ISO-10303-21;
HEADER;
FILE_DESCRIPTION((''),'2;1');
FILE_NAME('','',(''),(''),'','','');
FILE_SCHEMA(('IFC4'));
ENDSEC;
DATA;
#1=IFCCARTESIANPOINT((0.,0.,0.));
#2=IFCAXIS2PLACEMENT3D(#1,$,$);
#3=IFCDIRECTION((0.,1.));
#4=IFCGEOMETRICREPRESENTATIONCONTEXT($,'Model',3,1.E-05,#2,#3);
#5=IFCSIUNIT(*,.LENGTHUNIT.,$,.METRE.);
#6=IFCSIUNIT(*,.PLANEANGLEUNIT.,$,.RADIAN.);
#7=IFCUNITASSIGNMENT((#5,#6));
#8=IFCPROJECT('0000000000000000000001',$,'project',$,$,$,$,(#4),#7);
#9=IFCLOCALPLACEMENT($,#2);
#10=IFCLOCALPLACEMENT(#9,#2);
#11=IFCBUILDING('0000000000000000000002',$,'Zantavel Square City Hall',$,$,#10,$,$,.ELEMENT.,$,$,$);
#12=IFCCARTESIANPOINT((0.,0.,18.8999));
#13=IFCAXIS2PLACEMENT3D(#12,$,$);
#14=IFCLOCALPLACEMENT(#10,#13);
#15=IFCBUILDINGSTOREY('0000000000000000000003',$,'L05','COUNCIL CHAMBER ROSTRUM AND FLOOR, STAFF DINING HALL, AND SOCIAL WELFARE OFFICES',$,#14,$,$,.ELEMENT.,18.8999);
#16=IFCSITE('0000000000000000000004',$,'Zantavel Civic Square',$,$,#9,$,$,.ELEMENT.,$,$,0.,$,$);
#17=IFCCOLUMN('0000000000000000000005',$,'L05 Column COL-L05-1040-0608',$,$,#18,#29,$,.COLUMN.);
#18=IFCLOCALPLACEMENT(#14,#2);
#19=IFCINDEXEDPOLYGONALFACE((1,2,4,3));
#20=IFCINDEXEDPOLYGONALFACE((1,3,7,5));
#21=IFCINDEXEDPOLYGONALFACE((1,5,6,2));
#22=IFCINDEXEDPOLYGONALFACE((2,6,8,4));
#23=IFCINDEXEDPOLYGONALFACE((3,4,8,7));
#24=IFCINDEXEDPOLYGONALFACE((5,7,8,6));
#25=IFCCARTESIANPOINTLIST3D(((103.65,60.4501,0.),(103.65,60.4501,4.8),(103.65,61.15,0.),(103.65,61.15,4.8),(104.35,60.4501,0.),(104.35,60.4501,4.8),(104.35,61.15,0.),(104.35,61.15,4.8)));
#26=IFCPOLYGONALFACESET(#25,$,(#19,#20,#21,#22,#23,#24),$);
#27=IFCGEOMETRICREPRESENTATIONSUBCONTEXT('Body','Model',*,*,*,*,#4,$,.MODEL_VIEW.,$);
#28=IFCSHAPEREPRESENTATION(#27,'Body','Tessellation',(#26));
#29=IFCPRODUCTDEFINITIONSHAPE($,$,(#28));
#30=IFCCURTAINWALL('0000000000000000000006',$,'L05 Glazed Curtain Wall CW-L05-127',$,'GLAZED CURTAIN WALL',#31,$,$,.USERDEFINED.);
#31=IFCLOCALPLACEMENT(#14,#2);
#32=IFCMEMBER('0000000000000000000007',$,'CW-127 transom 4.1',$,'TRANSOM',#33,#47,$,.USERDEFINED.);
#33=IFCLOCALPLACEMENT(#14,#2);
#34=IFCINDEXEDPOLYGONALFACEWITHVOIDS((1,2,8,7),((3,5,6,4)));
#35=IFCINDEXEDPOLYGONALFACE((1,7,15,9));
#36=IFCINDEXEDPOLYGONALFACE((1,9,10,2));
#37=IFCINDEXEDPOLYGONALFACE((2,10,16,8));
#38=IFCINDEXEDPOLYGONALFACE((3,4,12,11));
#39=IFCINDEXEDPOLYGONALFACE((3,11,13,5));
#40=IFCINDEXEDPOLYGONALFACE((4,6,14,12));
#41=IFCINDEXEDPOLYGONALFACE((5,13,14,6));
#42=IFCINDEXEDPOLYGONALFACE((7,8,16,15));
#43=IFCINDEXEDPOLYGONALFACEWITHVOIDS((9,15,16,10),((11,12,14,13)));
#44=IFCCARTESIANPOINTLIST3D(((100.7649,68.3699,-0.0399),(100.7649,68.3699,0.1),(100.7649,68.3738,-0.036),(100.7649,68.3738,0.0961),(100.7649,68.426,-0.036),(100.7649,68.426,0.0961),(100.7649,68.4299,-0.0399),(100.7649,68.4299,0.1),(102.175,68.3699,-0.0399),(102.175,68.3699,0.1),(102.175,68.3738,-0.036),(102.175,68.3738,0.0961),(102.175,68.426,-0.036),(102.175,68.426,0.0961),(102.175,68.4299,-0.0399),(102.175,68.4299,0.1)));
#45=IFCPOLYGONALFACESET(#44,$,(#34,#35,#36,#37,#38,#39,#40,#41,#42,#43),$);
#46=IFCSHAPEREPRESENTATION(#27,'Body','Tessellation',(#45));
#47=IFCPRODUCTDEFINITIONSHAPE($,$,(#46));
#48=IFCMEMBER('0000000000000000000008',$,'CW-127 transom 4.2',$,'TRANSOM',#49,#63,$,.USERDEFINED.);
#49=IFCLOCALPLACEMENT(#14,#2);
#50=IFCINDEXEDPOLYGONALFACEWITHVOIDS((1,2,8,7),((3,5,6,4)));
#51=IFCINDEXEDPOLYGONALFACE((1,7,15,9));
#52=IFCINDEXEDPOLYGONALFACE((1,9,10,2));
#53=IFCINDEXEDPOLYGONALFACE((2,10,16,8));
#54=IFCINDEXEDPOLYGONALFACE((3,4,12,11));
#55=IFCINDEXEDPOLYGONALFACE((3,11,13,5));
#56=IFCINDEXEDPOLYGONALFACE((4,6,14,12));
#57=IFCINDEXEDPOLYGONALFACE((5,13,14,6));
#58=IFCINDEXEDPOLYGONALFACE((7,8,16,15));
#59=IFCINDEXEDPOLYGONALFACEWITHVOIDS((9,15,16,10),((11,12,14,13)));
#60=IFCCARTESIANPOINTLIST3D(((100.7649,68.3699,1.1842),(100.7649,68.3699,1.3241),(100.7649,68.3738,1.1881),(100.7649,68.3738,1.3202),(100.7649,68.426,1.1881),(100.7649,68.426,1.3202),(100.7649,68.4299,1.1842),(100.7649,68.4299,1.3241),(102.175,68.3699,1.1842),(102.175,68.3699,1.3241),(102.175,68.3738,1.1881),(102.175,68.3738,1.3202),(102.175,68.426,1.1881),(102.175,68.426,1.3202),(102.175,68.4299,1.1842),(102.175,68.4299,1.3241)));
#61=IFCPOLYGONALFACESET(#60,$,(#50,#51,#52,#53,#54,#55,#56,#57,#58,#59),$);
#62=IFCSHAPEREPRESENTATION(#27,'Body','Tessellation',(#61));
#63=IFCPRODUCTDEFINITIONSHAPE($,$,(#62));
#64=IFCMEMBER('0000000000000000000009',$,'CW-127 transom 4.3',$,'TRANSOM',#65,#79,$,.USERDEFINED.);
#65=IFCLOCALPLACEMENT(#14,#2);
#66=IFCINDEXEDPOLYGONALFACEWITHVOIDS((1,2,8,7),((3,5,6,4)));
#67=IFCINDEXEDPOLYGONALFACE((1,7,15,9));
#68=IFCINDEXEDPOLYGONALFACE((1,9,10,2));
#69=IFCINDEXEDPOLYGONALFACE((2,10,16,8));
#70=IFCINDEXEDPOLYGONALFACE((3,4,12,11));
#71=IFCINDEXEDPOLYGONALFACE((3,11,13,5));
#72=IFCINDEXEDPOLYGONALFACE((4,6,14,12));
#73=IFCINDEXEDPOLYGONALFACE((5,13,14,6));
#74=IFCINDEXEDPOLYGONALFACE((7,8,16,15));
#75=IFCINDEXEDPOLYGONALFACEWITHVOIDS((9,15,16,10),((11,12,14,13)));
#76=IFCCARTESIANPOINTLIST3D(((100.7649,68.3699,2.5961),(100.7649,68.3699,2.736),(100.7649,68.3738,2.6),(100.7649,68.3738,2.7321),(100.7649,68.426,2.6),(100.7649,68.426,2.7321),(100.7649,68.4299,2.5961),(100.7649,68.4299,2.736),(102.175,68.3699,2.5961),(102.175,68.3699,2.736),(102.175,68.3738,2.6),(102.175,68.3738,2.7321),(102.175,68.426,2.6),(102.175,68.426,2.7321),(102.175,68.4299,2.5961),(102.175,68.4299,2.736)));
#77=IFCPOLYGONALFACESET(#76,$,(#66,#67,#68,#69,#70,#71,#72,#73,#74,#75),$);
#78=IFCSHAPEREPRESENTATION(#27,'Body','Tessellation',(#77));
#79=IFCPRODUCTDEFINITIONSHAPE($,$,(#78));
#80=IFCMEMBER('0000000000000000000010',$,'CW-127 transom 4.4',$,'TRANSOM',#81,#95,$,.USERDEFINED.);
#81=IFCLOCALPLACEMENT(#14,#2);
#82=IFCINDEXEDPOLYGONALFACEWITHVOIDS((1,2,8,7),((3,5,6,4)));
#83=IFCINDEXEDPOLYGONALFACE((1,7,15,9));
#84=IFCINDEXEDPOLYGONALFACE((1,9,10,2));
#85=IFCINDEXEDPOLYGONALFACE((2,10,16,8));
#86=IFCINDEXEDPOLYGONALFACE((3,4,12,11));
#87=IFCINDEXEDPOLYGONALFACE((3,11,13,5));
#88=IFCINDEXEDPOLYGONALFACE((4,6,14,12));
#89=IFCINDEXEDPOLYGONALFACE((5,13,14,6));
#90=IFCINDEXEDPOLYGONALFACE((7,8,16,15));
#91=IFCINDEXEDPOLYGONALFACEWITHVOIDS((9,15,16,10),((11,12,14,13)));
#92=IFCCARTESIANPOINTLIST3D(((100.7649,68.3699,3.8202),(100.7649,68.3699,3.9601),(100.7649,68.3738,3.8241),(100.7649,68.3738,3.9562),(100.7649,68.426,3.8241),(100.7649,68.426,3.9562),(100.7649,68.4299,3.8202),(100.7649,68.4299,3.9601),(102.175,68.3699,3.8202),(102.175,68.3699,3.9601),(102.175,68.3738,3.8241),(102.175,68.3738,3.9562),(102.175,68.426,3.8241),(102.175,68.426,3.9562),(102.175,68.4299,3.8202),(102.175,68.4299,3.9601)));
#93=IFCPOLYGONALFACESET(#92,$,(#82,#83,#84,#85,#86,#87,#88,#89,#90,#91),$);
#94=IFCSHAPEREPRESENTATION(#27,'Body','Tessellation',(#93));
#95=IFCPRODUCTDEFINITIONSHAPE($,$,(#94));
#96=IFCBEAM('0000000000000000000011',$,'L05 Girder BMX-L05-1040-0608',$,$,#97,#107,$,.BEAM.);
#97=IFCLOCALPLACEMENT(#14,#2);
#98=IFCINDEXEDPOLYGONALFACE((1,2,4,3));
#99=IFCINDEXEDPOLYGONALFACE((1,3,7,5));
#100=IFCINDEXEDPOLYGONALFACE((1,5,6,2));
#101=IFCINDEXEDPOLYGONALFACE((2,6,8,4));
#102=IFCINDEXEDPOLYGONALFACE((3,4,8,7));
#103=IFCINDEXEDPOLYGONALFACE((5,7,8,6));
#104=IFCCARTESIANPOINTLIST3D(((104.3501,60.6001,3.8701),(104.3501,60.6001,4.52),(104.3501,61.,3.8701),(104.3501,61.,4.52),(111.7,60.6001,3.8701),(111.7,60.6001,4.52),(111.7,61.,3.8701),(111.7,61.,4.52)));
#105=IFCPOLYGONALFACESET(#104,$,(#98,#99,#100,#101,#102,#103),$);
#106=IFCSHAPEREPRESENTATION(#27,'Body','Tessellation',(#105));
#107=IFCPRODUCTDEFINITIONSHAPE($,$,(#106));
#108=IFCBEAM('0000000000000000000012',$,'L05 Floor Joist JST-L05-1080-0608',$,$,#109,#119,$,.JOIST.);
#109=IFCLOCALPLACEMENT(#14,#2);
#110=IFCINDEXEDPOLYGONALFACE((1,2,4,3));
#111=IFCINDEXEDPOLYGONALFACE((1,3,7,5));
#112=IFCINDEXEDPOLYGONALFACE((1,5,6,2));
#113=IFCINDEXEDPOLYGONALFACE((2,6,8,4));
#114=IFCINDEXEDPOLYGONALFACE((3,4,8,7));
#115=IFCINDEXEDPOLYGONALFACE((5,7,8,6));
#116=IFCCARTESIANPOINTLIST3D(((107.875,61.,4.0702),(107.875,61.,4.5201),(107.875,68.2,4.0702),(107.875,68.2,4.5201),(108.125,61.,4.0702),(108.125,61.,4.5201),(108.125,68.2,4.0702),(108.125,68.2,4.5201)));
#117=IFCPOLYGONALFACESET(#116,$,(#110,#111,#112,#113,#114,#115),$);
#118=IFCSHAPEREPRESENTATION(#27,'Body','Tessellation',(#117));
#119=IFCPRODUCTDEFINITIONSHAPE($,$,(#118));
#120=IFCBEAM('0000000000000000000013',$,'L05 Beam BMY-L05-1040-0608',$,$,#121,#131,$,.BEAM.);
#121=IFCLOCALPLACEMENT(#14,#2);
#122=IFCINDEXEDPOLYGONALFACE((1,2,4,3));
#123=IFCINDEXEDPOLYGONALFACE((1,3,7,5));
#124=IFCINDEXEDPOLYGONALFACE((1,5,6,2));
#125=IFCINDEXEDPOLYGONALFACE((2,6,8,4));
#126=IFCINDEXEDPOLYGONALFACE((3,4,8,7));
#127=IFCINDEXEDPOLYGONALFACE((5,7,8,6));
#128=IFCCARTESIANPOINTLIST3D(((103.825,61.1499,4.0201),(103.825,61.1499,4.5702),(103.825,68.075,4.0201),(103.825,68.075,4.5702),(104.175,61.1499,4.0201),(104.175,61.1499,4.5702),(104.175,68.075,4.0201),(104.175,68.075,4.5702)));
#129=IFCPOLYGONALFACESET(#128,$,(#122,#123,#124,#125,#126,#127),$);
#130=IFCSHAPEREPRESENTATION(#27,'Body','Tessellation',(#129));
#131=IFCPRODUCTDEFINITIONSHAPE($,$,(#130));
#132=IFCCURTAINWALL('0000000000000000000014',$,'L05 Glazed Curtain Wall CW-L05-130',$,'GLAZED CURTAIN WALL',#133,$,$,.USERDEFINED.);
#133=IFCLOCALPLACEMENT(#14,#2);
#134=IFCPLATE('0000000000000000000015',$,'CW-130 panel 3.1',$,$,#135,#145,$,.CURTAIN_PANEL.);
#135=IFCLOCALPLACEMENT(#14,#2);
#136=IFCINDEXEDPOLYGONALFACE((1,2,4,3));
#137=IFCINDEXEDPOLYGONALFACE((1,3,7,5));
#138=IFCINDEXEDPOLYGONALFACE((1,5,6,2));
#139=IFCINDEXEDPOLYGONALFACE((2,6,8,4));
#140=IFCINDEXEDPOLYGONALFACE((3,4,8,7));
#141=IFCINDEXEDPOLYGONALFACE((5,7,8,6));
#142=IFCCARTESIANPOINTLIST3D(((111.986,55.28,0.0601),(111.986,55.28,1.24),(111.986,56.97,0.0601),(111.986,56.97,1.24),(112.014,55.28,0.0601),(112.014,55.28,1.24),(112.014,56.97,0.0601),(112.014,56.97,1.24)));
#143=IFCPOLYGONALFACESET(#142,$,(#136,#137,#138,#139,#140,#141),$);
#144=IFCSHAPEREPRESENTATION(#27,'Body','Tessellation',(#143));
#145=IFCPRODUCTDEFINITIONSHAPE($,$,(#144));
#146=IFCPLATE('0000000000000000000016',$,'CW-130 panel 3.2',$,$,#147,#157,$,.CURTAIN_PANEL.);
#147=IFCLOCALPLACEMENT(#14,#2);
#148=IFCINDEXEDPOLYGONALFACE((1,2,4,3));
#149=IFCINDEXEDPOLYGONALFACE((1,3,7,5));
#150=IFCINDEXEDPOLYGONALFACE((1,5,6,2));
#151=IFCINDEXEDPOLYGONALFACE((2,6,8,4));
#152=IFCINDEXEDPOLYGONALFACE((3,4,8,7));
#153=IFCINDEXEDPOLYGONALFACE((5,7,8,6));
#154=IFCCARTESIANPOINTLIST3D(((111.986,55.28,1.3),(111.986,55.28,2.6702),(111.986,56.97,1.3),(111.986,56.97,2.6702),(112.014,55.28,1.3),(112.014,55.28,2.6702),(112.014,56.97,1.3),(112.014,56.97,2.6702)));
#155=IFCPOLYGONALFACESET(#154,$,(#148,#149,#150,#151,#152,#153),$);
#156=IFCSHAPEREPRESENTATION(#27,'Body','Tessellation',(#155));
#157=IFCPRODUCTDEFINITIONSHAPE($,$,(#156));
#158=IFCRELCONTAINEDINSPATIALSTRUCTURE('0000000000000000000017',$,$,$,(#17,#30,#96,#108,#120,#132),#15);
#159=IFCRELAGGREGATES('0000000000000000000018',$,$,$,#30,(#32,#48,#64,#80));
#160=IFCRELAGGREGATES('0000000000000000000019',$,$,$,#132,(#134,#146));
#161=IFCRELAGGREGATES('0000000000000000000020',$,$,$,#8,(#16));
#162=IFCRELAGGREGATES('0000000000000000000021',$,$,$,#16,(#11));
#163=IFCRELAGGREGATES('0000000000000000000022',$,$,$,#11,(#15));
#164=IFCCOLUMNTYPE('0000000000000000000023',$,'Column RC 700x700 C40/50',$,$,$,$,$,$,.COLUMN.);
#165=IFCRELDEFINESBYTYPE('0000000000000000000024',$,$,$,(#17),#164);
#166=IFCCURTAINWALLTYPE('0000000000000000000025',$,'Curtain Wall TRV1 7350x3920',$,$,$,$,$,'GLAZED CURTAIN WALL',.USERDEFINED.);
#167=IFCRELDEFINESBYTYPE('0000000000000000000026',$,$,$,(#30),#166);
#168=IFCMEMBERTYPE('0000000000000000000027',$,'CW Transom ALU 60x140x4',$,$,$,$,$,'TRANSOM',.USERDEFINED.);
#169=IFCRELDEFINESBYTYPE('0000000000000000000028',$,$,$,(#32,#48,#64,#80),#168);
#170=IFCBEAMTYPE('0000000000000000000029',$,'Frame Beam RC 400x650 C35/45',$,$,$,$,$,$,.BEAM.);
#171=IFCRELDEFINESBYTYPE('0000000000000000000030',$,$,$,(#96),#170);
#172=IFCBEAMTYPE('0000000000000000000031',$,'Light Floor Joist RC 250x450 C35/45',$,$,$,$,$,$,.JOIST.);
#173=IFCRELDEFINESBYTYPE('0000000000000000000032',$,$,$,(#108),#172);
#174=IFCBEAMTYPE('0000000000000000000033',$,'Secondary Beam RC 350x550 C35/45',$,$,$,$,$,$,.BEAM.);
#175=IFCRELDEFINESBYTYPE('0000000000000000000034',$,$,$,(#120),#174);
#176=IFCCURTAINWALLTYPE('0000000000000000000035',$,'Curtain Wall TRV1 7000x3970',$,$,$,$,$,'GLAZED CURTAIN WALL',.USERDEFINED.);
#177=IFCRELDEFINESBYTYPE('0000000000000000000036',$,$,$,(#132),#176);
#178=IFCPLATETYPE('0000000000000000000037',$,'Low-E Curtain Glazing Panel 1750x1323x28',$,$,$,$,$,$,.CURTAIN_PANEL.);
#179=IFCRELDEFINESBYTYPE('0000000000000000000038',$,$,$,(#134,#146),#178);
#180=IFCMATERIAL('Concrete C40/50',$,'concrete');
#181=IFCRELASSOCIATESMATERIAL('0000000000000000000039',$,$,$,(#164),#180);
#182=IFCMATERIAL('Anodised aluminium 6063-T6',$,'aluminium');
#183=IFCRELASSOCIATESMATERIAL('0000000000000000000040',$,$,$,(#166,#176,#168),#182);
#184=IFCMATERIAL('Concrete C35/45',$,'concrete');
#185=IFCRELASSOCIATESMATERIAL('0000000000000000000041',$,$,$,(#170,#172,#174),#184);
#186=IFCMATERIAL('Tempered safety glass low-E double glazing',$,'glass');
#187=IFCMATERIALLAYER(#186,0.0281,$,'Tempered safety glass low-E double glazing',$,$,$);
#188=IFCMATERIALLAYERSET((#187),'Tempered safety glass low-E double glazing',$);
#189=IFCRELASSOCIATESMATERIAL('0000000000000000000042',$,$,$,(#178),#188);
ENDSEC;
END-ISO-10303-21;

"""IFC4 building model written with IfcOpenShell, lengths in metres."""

from ifc_helpers import new_model, si_unit, direction, frame, origin, origin_2d, place, context, subcontext, project, spatial, rectangle, hollow_rectangle, extrude, material, layer, layer_set, material_profile, profile_set, type_object, element, aggregate, save


model = new_model("IFC4")

# Units and contexts
model_context = context("Model", 3, precision=1e-05, world=origin(), true_north=direction((0.0, 1.0)))
body_context = subcontext(model_context, "Body", "Model", "MODEL_VIEW")
ifc_project = project(units=[si_unit("LENGTHUNIT", "METRE"), si_unit("PLANEANGLEUNIT", "RADIAN")], contexts=[model_context])

# Site, building, storey
site_placement = place(None, origin())
site = spatial("IfcSite", under=ifc_project, at=site_placement, Name="Zantavel Civic Square", CompositionType="ELEMENT", RefElevation=0.0)
building_placement = place(site_placement, origin())
building = spatial("IfcBuilding", under=site, at=building_placement, Name="Zantavel Square City Hall", CompositionType="ELEMENT")
storey_placement = place(building_placement, frame((0.0, 0.0, 18.8999)))
storey = spatial("IfcBuildingStorey", under=building, at=storey_placement, Name="L05", Description="COUNCIL CHAMBER ROSTRUM AND FLOOR, STAFF DINING HALL, AND SOCIAL WELFARE OFFICES", CompositionType="ELEMENT", Elevation=18.8999)

# Column
ifc_material_1 = material(Name="Concrete C40/50", Category="concrete")
ifc_material_profile_1 = material_profile(ifc_material_1, rectangle(XDim=0.7, YDim=0.7, at=origin_2d()), Name="RC 700x700")
ifc_profile_set_1 = profile_set([ifc_material_profile_1], Name="Concrete C40/50")
column_type = type_object("IfcColumnType", Name="Column RC 700x700 C40/50", PredefinedType="COLUMN", material=ifc_profile_set_1)
column_placement = place(storey_placement, frame((104.0, 60.8, 0.0), z_axis=(0.0, 0.0, 1.0), x_axis=(1.0, 0.0, 0.0)))
element("IfcColumn", 1, at=column_placement, inside=storey, type_object=column_type, Name="L05 Column COL-L05-1040-0608", PredefinedType="COLUMN", context=body_context, shape_type="SweptSolid", body=[
    extrude(rectangle(XDim=0.7, YDim=0.7, at=origin_2d()), origin(), (0.0, 0.0, 1.0), 4.8),
])

# Curtain wall, members
ifc_material_2 = material(Name="Anodised aluminium 6063-T6", Category="aluminium")
curtain_wall_type_1 = type_object("IfcCurtainWallType", Name="Curtain Wall TRV1 7350x3920", ElementType="GLAZED CURTAIN WALL", PredefinedType="USERDEFINED", material=ifc_material_2)
curtain_wall_1_placement = place(storey_placement, origin())
curtain_wall_1 = element("IfcCurtainWall", 2, at=curtain_wall_1_placement, inside=storey, type_object=curtain_wall_type_1, Name="L05 Glazed Curtain Wall CW-L05-127", ObjectType="GLAZED CURTAIN WALL", PredefinedType="USERDEFINED")
ifc_material_profile_2 = material_profile(ifc_material_2, hollow_rectangle(XDim=0.0601, YDim=0.1399, WallThickness=0.0039, at=origin_2d()), Name="ALU 60x140x4")
ifc_profile_set_2 = profile_set([ifc_material_profile_2], Name="Anodised aluminium 6063-T6")
member_type = type_object("IfcMemberType", Name="CW Transom ALU 60x140x4", ElementType="TRANSOM", PredefinedType="USERDEFINED", material=ifc_profile_set_2)
member_1_placement = place(storey_placement, frame((100.7649, 68.3999, 0.03), z_axis=(1.0, 0.0, 0.0), x_axis=(0.0, 1.0, 0.0)))
member_1 = element("IfcMember", 3, at=member_1_placement, type_object=member_type, Name="CW-127 transom 4.1", ObjectType="TRANSOM", PredefinedType="USERDEFINED", context=body_context, shape_type="SweptSolid", body=[
    extrude(hollow_rectangle(XDim=0.0601, YDim=0.1399, WallThickness=0.0039, at=origin_2d()), origin(), (0.0, 0.0, 1.0), 1.4102),
])
member_2_placement = place(storey_placement, frame((100.7649, 68.3999, 1.2542), z_axis=(1.0, 0.0, 0.0), x_axis=(0.0, 1.0, 0.0)))
member_2 = element("IfcMember", 4, at=member_2_placement, type_object=member_type, Name="CW-127 transom 4.2", ObjectType="TRANSOM", PredefinedType="USERDEFINED", context=body_context, shape_type="SweptSolid", body=[
    extrude(hollow_rectangle(XDim=0.0601, YDim=0.1399, WallThickness=0.0039, at=origin_2d()), origin(), (0.0, 0.0, 1.0), 1.4102),
])
member_3_placement = place(storey_placement, frame((100.7649, 68.3999, 2.666), z_axis=(1.0, 0.0, 0.0), x_axis=(0.0, 1.0, 0.0)))
member_3 = element("IfcMember", 5, at=member_3_placement, type_object=member_type, Name="CW-127 transom 4.3", ObjectType="TRANSOM", PredefinedType="USERDEFINED", context=body_context, shape_type="SweptSolid", body=[
    extrude(hollow_rectangle(XDim=0.0601, YDim=0.1399, WallThickness=0.0039, at=origin_2d()), origin(), (0.0, 0.0, 1.0), 1.4102),
])
member_4_placement = place(storey_placement, frame((100.7649, 68.3999, 3.8901), z_axis=(1.0, 0.0, 0.0), x_axis=(0.0, 1.0, 0.0)))
member_4 = element("IfcMember", 6, at=member_4_placement, type_object=member_type, Name="CW-127 transom 4.4", ObjectType="TRANSOM", PredefinedType="USERDEFINED", context=body_context, shape_type="SweptSolid", body=[
    extrude(hollow_rectangle(XDim=0.0601, YDim=0.1399, WallThickness=0.0039, at=origin_2d()), origin(), (0.0, 0.0, 1.0), 1.4102),
])
aggregate(curtain_wall_1, [member_1, member_2, member_3, member_4])

# Beams
ifc_material_3 = material(Name="Concrete C35/45", Category="concrete")
ifc_material_profile_3 = material_profile(ifc_material_3, rectangle(XDim=0.3999, YDim=0.6499, at=origin_2d()), Name="RC 400x650")
ifc_profile_set_3 = profile_set([ifc_material_profile_3], Name="Concrete C35/45")
beam_type_1 = type_object("IfcBeamType", Name="Frame Beam RC 400x650 C35/45", PredefinedType="BEAM", material=ifc_profile_set_3)
beam_1_placement = place(storey_placement, frame((104.3501, 60.8, 4.1951), z_axis=(1.0, 0.0, 0.0), x_axis=(0.0, 1.0, 0.0)))
element("IfcBeam", 7, at=beam_1_placement, inside=storey, type_object=beam_type_1, Name="L05 Girder BMX-L05-1040-0608", PredefinedType="BEAM", context=body_context, shape_type="SweptSolid", body=[
    extrude(rectangle(XDim=0.3999, YDim=0.6499, at=origin_2d()), origin(), (0.0, 0.0, 1.0), 7.3499),
])
ifc_material_profile_4 = material_profile(ifc_material_3, rectangle(XDim=0.25, YDim=0.45, at=origin_2d()), Name="RC 250x450")
ifc_profile_set_4 = profile_set([ifc_material_profile_4], Name="Concrete C35/45")
beam_type_2 = type_object("IfcBeamType", Name="Light Floor Joist RC 250x450 C35/45", PredefinedType="JOIST", material=ifc_profile_set_4)
beam_2_placement = place(storey_placement, frame((108.0, 61.0, 4.2952), z_axis=(0.0, 1.0, 0.0), x_axis=(-1.0, 0.0, 0.0)))
element("IfcBeam", 8, at=beam_2_placement, inside=storey, type_object=beam_type_2, Name="L05 Floor Joist JST-L05-1080-0608", PredefinedType="JOIST", context=body_context, shape_type="SweptSolid", body=[
    extrude(rectangle(XDim=0.25, YDim=0.45, at=origin_2d()), origin(), (0.0, 0.0, 1.0), 7.2),
])
ifc_material_profile_5 = material_profile(ifc_material_3, rectangle(XDim=0.3501, YDim=0.55, at=origin_2d()), Name="RC 350x550")
ifc_profile_set_5 = profile_set([ifc_material_profile_5], Name="Concrete C35/45")
beam_type_3 = type_object("IfcBeamType", Name="Secondary Beam RC 350x550 C35/45", PredefinedType="BEAM", material=ifc_profile_set_5)
beam_3_placement = place(storey_placement, frame((104.0, 61.1499, 4.2952), z_axis=(0.0, 1.0, 0.0), x_axis=(-1.0, 0.0, 0.0)))
element("IfcBeam", 9, at=beam_3_placement, inside=storey, type_object=beam_type_3, Name="L05 Beam BMY-L05-1040-0608", PredefinedType="BEAM", context=body_context, shape_type="SweptSolid", body=[
    extrude(rectangle(XDim=0.3501, YDim=0.55, at=origin_2d()), origin(), (0.0, 0.0, 1.0), 6.925),
])

# Curtain wall, plates
curtain_wall_type_2 = type_object("IfcCurtainWallType", Name="Curtain Wall TRV1 7000x3970", ElementType="GLAZED CURTAIN WALL", PredefinedType="USERDEFINED", material=ifc_material_2)
curtain_wall_2_placement = place(storey_placement, origin())
curtain_wall_2 = element("IfcCurtainWall", 10, at=curtain_wall_2_placement, inside=storey, type_object=curtain_wall_type_2, Name="L05 Glazed Curtain Wall CW-L05-130", ObjectType="GLAZED CURTAIN WALL", PredefinedType="USERDEFINED")
ifc_material_4 = material(Name="Tempered safety glass low-E double glazing", Category="glass")
ifc_layer_1 = layer(ifc_material_4, 0.0281, Name="Tempered safety glass low-E double glazing")
ifc_layer_set_1 = layer_set([ifc_layer_1], Name="Tempered safety glass low-E double glazing")
plate_type = type_object("IfcPlateType", Name="Low-E Curtain Glazing Panel 1750x1323x28", PredefinedType="CURTAIN_PANEL", material=ifc_layer_set_1)
plate_1_placement = place(storey_placement, frame((112.0, 56.125, 0.0601), z_axis=(0.0, 0.0, 1.0), x_axis=(0.0, -1.0, 0.0)))
plate_1 = element("IfcPlate", 11, at=plate_1_placement, type_object=plate_type, Name="CW-130 panel 3.1", PredefinedType="CURTAIN_PANEL", context=body_context, shape_type="SweptSolid", body=[
    extrude(rectangle(XDim=1.6899, YDim=0.0281, at=origin_2d()), origin(), (0.0, 0.0, 1.0), 1.1799),
])
plate_2_placement = place(storey_placement, frame((112.0, 56.125, 1.3), z_axis=(0.0, 0.0, 1.0), x_axis=(0.0, -1.0, 0.0)))
plate_2 = element("IfcPlate", 12, at=plate_2_placement, type_object=plate_type, Name="CW-130 panel 3.2", PredefinedType="CURTAIN_PANEL", context=body_context, shape_type="SweptSolid", body=[
    extrude(rectangle(XDim=1.6899, YDim=0.0281, at=origin_2d()), origin(), (0.0, 0.0, 1.0), 1.3701),
])
aggregate(curtain_wall_2, [plate_1, plate_2])

save(model, "model.ifc")
